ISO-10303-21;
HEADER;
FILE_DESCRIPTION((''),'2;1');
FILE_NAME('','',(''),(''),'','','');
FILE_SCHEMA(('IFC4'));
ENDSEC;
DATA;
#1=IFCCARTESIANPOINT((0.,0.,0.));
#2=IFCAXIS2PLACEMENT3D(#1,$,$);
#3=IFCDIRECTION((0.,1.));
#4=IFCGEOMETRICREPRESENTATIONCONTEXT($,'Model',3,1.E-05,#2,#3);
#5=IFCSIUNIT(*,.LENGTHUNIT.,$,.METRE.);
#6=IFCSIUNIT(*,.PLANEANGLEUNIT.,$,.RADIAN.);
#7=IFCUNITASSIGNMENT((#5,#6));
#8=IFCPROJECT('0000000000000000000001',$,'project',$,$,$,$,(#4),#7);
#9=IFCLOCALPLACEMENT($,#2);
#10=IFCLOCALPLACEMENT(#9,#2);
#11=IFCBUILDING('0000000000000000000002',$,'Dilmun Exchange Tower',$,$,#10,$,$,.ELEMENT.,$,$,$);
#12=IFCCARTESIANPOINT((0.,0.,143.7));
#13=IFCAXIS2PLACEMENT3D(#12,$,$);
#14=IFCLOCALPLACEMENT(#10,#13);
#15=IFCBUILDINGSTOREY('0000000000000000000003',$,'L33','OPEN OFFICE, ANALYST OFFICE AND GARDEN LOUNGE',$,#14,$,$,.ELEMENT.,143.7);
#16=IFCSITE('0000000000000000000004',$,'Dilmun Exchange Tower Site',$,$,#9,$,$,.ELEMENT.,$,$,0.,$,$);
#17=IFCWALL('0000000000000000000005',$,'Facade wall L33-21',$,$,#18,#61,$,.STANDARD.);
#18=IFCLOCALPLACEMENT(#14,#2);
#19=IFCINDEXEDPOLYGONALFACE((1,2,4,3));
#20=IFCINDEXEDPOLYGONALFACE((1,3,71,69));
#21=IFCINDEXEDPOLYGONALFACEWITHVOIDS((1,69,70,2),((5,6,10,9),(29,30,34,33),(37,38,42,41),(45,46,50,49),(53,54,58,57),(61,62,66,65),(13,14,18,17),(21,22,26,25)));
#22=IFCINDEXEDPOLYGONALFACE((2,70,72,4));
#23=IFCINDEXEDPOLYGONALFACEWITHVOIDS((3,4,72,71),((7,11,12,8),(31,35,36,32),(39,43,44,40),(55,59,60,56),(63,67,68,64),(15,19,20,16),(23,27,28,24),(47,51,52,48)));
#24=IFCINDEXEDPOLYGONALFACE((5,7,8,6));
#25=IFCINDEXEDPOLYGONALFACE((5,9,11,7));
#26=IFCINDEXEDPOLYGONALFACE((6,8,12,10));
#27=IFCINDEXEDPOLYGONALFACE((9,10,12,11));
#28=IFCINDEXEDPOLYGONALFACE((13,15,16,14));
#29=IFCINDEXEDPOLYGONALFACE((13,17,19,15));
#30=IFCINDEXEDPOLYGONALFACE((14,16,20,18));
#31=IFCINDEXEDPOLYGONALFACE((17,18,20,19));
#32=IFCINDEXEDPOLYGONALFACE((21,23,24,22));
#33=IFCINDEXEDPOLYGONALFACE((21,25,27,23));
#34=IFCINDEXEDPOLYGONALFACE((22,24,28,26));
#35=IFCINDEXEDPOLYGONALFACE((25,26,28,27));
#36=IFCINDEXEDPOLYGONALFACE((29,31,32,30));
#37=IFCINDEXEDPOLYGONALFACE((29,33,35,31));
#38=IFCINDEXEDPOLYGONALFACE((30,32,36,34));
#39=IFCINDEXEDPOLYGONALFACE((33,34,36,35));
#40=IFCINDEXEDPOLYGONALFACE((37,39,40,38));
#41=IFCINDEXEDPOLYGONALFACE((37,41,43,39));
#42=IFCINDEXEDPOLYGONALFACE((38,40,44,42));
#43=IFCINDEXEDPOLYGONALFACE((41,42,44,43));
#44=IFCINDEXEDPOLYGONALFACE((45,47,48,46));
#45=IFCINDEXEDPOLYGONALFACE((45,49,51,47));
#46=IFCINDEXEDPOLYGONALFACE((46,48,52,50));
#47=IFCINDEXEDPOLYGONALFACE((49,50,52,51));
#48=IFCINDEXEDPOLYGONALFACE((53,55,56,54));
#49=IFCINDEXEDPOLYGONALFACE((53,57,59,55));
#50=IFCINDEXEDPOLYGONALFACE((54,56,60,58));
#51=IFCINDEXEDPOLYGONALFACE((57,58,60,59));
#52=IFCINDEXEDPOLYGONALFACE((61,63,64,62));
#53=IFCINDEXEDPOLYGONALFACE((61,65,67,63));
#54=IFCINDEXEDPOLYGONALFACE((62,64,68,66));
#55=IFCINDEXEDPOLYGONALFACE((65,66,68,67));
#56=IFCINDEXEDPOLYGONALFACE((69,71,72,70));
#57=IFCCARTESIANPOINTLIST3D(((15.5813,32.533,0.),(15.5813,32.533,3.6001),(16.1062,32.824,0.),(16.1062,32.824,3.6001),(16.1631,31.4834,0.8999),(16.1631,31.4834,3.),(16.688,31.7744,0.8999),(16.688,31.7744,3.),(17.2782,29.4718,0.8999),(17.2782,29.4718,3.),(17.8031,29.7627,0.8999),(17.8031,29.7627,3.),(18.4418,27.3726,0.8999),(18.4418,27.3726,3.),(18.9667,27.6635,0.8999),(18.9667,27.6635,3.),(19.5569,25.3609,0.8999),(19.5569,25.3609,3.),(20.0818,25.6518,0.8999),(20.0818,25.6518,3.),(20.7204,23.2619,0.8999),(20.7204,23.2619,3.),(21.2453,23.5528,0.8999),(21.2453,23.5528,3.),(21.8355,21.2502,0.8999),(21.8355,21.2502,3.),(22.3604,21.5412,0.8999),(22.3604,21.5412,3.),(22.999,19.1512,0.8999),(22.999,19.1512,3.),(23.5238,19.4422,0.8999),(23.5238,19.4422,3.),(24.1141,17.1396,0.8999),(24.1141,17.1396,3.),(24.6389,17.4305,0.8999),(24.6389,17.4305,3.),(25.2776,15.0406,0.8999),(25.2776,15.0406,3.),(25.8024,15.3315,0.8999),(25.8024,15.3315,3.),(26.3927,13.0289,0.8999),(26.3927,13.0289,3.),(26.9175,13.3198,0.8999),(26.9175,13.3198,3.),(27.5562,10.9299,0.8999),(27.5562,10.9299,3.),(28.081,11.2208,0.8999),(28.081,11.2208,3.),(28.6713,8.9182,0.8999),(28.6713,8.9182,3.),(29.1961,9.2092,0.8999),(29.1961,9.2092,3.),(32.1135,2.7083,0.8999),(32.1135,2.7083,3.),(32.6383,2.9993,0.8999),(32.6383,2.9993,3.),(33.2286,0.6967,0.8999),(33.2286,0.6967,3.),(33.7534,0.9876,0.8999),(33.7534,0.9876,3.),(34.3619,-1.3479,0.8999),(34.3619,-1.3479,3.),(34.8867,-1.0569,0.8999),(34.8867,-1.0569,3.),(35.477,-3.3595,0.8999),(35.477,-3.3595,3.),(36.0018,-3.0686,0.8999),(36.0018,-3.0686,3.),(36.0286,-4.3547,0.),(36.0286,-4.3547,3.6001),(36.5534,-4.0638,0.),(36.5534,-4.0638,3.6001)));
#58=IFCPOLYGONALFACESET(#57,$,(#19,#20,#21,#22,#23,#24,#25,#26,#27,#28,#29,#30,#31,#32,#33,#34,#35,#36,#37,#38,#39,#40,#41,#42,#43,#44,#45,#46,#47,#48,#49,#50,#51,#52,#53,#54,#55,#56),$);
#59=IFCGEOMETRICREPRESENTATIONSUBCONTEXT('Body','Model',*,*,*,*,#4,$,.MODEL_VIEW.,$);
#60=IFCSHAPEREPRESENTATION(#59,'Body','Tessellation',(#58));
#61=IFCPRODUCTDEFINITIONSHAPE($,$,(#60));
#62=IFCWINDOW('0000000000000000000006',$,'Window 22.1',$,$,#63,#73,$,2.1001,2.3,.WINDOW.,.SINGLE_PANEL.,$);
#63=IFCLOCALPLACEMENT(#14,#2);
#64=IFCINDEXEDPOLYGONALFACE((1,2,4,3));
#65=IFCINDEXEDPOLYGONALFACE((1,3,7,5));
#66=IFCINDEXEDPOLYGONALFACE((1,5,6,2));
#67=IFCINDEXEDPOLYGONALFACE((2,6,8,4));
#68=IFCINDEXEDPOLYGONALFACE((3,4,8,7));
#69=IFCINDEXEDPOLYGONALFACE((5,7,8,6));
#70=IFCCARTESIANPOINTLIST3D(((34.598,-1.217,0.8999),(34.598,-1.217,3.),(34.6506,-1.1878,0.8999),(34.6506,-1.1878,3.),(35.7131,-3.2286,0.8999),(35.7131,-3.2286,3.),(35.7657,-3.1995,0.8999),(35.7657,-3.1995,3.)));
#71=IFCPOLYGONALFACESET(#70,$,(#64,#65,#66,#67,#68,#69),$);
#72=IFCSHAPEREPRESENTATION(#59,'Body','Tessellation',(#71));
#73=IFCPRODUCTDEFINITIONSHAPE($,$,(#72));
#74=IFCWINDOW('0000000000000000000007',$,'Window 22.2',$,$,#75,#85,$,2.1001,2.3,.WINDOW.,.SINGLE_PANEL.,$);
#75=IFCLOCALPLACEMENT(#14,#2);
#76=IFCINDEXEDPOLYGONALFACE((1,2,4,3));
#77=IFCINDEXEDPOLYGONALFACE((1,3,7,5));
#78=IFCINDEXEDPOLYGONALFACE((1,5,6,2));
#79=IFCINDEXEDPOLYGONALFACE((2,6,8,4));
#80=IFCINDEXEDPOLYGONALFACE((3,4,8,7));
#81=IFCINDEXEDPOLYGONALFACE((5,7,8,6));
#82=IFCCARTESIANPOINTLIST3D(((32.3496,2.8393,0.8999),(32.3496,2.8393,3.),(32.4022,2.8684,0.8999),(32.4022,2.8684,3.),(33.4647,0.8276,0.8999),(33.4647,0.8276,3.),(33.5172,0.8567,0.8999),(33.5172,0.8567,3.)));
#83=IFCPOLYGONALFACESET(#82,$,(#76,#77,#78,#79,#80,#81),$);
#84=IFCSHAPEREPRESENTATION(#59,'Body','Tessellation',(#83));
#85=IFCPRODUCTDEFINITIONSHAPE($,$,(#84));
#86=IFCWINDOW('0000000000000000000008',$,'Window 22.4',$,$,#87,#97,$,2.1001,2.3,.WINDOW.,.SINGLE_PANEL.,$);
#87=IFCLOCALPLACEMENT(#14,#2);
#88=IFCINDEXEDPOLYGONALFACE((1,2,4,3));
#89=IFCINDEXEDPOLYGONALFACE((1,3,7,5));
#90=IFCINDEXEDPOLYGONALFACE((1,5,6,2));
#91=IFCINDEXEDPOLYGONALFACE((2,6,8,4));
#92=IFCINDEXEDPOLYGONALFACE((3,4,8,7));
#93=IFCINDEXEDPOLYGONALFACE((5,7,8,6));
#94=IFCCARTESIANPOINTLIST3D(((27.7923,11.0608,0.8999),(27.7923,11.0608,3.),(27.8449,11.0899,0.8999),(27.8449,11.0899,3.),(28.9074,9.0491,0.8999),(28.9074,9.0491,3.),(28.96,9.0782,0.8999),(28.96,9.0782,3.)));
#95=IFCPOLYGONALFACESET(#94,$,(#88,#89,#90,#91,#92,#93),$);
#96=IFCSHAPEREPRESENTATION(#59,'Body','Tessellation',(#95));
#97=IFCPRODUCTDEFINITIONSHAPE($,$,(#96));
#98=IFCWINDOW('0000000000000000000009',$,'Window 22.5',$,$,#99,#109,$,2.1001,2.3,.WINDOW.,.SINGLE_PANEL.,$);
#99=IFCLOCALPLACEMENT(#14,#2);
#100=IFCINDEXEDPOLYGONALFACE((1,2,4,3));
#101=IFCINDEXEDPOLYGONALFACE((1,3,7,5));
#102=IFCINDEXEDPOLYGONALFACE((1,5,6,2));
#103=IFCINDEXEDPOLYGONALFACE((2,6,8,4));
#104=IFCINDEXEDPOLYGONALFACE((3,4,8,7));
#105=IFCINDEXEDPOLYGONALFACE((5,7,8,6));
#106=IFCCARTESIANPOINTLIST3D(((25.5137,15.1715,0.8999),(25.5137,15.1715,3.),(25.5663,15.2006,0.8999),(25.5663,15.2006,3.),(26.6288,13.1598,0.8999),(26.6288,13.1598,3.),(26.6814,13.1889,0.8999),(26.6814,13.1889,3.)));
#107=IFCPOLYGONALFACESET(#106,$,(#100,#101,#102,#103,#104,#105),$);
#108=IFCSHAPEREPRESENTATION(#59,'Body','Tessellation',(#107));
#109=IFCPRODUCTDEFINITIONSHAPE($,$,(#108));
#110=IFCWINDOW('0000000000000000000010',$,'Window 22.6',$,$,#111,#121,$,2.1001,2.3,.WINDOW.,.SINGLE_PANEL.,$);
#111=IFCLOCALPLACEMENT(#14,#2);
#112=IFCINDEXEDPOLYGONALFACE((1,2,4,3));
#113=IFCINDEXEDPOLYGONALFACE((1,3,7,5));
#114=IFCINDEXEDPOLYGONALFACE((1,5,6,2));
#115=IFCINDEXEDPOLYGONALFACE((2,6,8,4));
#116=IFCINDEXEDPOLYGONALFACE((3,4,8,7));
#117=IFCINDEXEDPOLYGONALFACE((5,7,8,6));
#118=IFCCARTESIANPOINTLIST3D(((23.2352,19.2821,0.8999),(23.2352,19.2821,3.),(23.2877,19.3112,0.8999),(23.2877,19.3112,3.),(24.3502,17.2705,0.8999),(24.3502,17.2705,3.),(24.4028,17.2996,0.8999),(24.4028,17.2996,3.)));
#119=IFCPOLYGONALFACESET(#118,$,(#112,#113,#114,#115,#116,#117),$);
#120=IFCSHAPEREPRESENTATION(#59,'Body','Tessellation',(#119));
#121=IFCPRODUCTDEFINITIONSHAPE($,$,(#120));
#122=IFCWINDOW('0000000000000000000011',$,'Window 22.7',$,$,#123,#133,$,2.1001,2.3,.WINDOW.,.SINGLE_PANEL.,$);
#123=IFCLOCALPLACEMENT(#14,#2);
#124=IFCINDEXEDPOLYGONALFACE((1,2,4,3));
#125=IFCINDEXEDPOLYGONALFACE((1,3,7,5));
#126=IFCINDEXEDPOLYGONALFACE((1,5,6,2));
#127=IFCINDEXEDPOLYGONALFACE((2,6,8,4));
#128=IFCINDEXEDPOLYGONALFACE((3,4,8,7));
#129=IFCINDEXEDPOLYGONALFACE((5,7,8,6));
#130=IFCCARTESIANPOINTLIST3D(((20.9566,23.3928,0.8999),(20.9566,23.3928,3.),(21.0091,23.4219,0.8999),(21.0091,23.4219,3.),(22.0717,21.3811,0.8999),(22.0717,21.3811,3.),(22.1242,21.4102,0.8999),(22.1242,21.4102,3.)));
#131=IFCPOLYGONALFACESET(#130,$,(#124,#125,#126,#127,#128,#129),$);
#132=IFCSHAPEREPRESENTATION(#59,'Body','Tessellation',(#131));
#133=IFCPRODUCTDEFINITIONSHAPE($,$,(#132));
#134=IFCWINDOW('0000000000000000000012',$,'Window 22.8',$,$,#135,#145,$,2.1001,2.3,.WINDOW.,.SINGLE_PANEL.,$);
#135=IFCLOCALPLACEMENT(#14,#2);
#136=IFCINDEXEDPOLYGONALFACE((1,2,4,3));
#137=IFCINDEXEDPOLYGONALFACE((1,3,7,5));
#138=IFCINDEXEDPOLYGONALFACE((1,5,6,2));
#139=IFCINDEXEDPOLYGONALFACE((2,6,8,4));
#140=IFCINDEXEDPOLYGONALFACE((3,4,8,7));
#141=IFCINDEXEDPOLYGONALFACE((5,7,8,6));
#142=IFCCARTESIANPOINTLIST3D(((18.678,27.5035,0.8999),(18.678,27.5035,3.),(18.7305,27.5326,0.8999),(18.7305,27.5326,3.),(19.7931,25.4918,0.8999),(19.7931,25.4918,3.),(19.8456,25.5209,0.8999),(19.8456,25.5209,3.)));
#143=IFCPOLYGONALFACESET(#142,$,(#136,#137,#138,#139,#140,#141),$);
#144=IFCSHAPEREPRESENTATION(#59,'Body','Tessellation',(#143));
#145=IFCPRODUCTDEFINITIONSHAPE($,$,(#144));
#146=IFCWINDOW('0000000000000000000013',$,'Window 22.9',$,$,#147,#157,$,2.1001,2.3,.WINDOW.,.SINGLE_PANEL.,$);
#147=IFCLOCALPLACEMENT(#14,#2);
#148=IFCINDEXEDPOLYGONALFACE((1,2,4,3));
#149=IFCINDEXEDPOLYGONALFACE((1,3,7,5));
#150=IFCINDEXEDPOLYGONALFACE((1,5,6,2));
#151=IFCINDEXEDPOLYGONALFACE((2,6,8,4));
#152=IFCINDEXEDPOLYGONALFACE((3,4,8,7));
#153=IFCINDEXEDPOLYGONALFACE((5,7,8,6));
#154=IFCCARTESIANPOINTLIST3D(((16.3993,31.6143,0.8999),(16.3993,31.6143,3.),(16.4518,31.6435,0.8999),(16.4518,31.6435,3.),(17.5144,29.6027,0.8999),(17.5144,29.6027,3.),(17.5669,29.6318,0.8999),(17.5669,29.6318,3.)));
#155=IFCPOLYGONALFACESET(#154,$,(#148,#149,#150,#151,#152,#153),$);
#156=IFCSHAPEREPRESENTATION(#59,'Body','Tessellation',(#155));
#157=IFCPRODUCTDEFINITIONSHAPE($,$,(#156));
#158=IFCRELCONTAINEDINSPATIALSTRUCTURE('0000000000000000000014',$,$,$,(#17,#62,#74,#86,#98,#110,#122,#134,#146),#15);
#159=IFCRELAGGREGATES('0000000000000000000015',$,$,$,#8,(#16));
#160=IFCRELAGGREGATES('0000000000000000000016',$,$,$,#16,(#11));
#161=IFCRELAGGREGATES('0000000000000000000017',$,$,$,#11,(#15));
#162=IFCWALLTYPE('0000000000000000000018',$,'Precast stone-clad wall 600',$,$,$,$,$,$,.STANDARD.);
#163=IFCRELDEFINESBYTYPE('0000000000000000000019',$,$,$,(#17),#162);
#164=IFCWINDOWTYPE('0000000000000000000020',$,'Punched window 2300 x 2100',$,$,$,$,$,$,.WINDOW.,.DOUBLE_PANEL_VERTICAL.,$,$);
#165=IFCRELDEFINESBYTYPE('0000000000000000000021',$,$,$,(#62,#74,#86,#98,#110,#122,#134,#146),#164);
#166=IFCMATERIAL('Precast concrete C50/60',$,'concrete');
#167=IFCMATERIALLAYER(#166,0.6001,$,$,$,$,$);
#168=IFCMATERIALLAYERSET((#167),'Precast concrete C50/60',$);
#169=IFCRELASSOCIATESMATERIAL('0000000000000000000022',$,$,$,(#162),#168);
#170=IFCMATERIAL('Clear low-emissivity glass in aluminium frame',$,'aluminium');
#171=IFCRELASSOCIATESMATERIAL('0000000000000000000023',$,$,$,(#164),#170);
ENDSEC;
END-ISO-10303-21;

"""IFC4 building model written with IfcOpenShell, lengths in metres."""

from ifc_helpers import new_model, si_unit, direction, frame, frame_2d, origin, place, context, subcontext, project, spatial, rectangle, extrude, material, layer, layer_set, type_object, element, fill, save


model = new_model("IFC4")

# Units and contexts
model_context = context("Model", 3, precision=1e-05, world=origin(), true_north=direction((0.0, 1.0)))
body_context = subcontext(model_context, "Body", "Model", "MODEL_VIEW")
ifc_project = project(units=[si_unit("LENGTHUNIT", "METRE"), si_unit("PLANEANGLEUNIT", "RADIAN")], contexts=[model_context])

# Site, building, storey
site_placement = place(None, origin())
site = spatial("IfcSite", under=ifc_project, at=site_placement, Name="Dilmun Exchange Tower Site", CompositionType="ELEMENT", RefElevation=0.0)
building_placement = place(site_placement, origin())
building = spatial("IfcBuilding", under=site, at=building_placement, Name="Dilmun Exchange Tower", CompositionType="ELEMENT")
storey_placement = place(building_placement, frame((0.0, 0.0, 143.7)))
storey = spatial("IfcBuildingStorey", under=building, at=storey_placement, Name="L33", Description="OPEN OFFICE, ANALYST OFFICE AND GARDEN LOUNGE", CompositionType="ELEMENT", Elevation=143.7)

# Shared definitions
ifc_material_1 = material(Name="Precast concrete C50/60", Category="concrete")
ifc_layer_1 = layer(ifc_material_1, 0.6001)
ifc_layer_set_1 = layer_set([ifc_layer_1], Name="Precast concrete C50/60")
wall_type_1 = type_object("IfcWallType", Name="Precast stone-clad wall 600", PredefinedType="STANDARD", material=ifc_layer_set_1)

# Shared definitions
ifc_material_2 = material(Name="Clear low-emissivity glass in aluminium frame", Category="aluminium")

# Wall, openings, windows
wall_1_placement = place(storey_placement, frame((36.291, -4.2092, 0.0), z_axis=(0.0, 0.0, 1.0), x_axis=(-0.484811, 0.874619, 0.0)))
wall_1 = element("IfcWall", 1, at=wall_1_placement, inside=storey, type_object=wall_type_1, Name="Facade wall L33-21", PredefinedType="STANDARD", context=body_context, shape_type="SweptSolid", body=[
    extrude(rectangle(XDim=42.1758, YDim=0.6001, at=frame_2d((21.0879, 0.0))), origin(), (0.0, 0.0, 1.0), 3.6001),
])
opening_1_placement = place(wall_1_placement, frame((1.1379, 0.0, 0.8999)))
opening_1 = element("IfcOpeningElement", 2, at=opening_1_placement, cuts=wall_1, PredefinedType="OPENING", context=body_context, shape_type="SweptSolid", body=[
    extrude(rectangle(XDim=2.3, YDim=2.1001, at=frame_2d((1.1499, 1.05))), frame((0.0, 0.3101, 0.0), z_axis=(0.0, -1.0, 0.0), x_axis=(1.0, 0.0, 0.0)), (0.0, 0.0, 1.0), 0.6201),
])
opening_2_placement = place(wall_1_placement, frame((5.7756, 0.0, 0.8999)))
opening_2 = element("IfcOpeningElement", 3, at=opening_2_placement, cuts=wall_1, PredefinedType="OPENING", context=body_context, shape_type="SweptSolid", body=[
    extrude(rectangle(XDim=2.3, YDim=2.1001, at=frame_2d((1.1499, 1.05))), frame((0.0, 0.3101, 0.0), z_axis=(0.0, -1.0, 0.0), x_axis=(1.0, 0.0, 0.0)), (0.0, 0.0, 1.0), 0.6201),
])
opening_3_placement = place(wall_1_placement, frame((15.1758, 0.0, 0.8999)))
opening_3 = element("IfcOpeningElement", 4, at=opening_3_placement, cuts=wall_1, PredefinedType="OPENING", context=body_context, shape_type="SweptSolid", body=[
    extrude(rectangle(XDim=2.3, YDim=2.1001, at=frame_2d((1.1499, 1.05))), frame((0.0, 0.3101, 0.0), z_axis=(0.0, -1.0, 0.0), x_axis=(1.0, 0.0, 0.0)), (0.0, 0.0, 1.0), 0.6201),
])
opening_4_placement = place(wall_1_placement, frame((19.8757, 0.0, 0.8999)))
opening_4 = element("IfcOpeningElement", 5, at=opening_4_placement, cuts=wall_1, PredefinedType="OPENING", context=body_context, shape_type="SweptSolid", body=[
    extrude(rectangle(XDim=2.3, YDim=2.1001, at=frame_2d((1.1499, 1.05))), frame((0.0, 0.3101, 0.0), z_axis=(0.0, -1.0, 0.0), x_axis=(1.0, 0.0, 0.0)), (0.0, 0.0, 1.0), 0.6201),
])
opening_5_placement = place(wall_1_placement, frame((24.5757, 0.0, 0.8999)))
opening_5 = element("IfcOpeningElement", 6, at=opening_5_placement, cuts=wall_1, PredefinedType="OPENING", context=body_context, shape_type="SweptSolid", body=[
    extrude(rectangle(XDim=2.3, YDim=2.1001, at=frame_2d((1.1499, 1.05))), frame((0.0, 0.3101, 0.0), z_axis=(0.0, -1.0, 0.0), x_axis=(1.0, 0.0, 0.0)), (0.0, 0.0, 1.0), 0.6201),
])
opening_6_placement = place(wall_1_placement, frame((29.2756, 0.0, 0.8999)))
opening_6 = element("IfcOpeningElement", 7, at=opening_6_placement, cuts=wall_1, PredefinedType="OPENING", context=body_context, shape_type="SweptSolid", body=[
    extrude(rectangle(XDim=2.3, YDim=2.1001, at=frame_2d((1.1499, 1.05))), frame((0.0, 0.3101, 0.0), z_axis=(0.0, -1.0, 0.0), x_axis=(1.0, 0.0, 0.0)), (0.0, 0.0, 1.0), 0.6201),
])
opening_7_placement = place(wall_1_placement, frame((33.9756, 0.0, 0.8999)))
opening_7 = element("IfcOpeningElement", 8, at=opening_7_placement, cuts=wall_1, PredefinedType="OPENING", context=body_context, shape_type="SweptSolid", body=[
    extrude(rectangle(XDim=2.3, YDim=2.1001, at=frame_2d((1.1499, 1.05))), frame((0.0, 0.3101, 0.0), z_axis=(0.0, -1.0, 0.0), x_axis=(1.0, 0.0, 0.0)), (0.0, 0.0, 1.0), 0.6201),
])
opening_8_placement = place(wall_1_placement, frame((38.6758, 0.0, 0.8999)))
opening_8 = element("IfcOpeningElement", 9, at=opening_8_placement, cuts=wall_1, PredefinedType="OPENING", context=body_context, shape_type="SweptSolid", body=[
    extrude(rectangle(XDim=2.3, YDim=2.1001, at=frame_2d((1.1499, 1.05))), frame((0.0, 0.3101, 0.0), z_axis=(0.0, -1.0, 0.0), x_axis=(1.0, 0.0, 0.0)), (0.0, 0.0, 1.0), 0.6201),
])
window_type_1 = type_object("IfcWindowType", Name="Punched window 2300 x 2100", PartitioningType="DOUBLE_PANEL_VERTICAL", PredefinedType="WINDOW", material=ifc_material_2)
window_1_placement = place(opening_1_placement, origin())
window_1 = element("IfcWindow", 10, at=window_1_placement, inside=storey, type_object=window_type_1, Name="Window 22.1", OverallHeight=2.1001, OverallWidth=2.3, PartitioningType="SINGLE_PANEL", PredefinedType="WINDOW", context=body_context, shape_type="SweptSolid", body=[
    extrude(rectangle(XDim=2.3, YDim=2.1001, at=frame_2d((1.1499, 1.05))), frame((0.0, 0.03, 0.0), z_axis=(0.0, -1.0, 0.0), x_axis=(1.0, 0.0, 0.0)), (0.0, 0.0, 1.0), 0.0601),
])
fill(opening_1, window_1)
window_2_placement = place(opening_2_placement, origin())
window_2 = element("IfcWindow", 11, at=window_2_placement, inside=storey, type_object=window_type_1, Name="Window 22.2", OverallHeight=2.1001, OverallWidth=2.3, PartitioningType="SINGLE_PANEL", PredefinedType="WINDOW", context=body_context, shape_type="SweptSolid", body=[
    extrude(rectangle(XDim=2.3, YDim=2.1001, at=frame_2d((1.1499, 1.05))), frame((0.0, 0.03, 0.0), z_axis=(0.0, -1.0, 0.0), x_axis=(1.0, 0.0, 0.0)), (0.0, 0.0, 1.0), 0.0601),
])
fill(opening_2, window_2)
window_3_placement = place(opening_3_placement, origin())
window_3 = element("IfcWindow", 12, at=window_3_placement, inside=storey, type_object=window_type_1, Name="Window 22.4", OverallHeight=2.1001, OverallWidth=2.3, PartitioningType="SINGLE_PANEL", PredefinedType="WINDOW", context=body_context, shape_type="SweptSolid", body=[
    extrude(rectangle(XDim=2.3, YDim=2.1001, at=frame_2d((1.1499, 1.05))), frame((0.0, 0.03, 0.0), z_axis=(0.0, -1.0, 0.0), x_axis=(1.0, 0.0, 0.0)), (0.0, 0.0, 1.0), 0.0601),
])
fill(opening_3, window_3)
window_4_placement = place(opening_4_placement, origin())
window_4 = element("IfcWindow", 13, at=window_4_placement, inside=storey, type_object=window_type_1, Name="Window 22.5", OverallHeight=2.1001, OverallWidth=2.3, PartitioningType="SINGLE_PANEL", PredefinedType="WINDOW", context=body_context, shape_type="SweptSolid", body=[
    extrude(rectangle(XDim=2.3, YDim=2.1001, at=frame_2d((1.1499, 1.05))), frame((0.0, 0.03, 0.0), z_axis=(0.0, -1.0, 0.0), x_axis=(1.0, 0.0, 0.0)), (0.0, 0.0, 1.0), 0.0601),
])
fill(opening_4, window_4)
window_5_placement = place(opening_5_placement, origin())
window_5 = element("IfcWindow", 14, at=window_5_placement, inside=storey, type_object=window_type_1, Name="Window 22.6", OverallHeight=2.1001, OverallWidth=2.3, PartitioningType="SINGLE_PANEL", PredefinedType="WINDOW", context=body_context, shape_type="SweptSolid", body=[
    extrude(rectangle(XDim=2.3, YDim=2.1001, at=frame_2d((1.1499, 1.05))), frame((0.0, 0.03, 0.0), z_axis=(0.0, -1.0, 0.0), x_axis=(1.0, 0.0, 0.0)), (0.0, 0.0, 1.0), 0.0601),
])
fill(opening_5, window_5)
window_6_placement = place(opening_6_placement, origin())
window_6 = element("IfcWindow", 15, at=window_6_placement, inside=storey, type_object=window_type_1, Name="Window 22.7", OverallHeight=2.1001, OverallWidth=2.3, PartitioningType="SINGLE_PANEL", PredefinedType="WINDOW", context=body_context, shape_type="SweptSolid", body=[
    extrude(rectangle(XDim=2.3, YDim=2.1001, at=frame_2d((1.1499, 1.05))), frame((0.0, 0.03, 0.0), z_axis=(0.0, -1.0, 0.0), x_axis=(1.0, 0.0, 0.0)), (0.0, 0.0, 1.0), 0.0601),
])
fill(opening_6, window_6)
window_7_placement = place(opening_7_placement, origin())
window_7 = element("IfcWindow", 16, at=window_7_placement, inside=storey, type_object=window_type_1, Name="Window 22.8", OverallHeight=2.1001, OverallWidth=2.3, PartitioningType="SINGLE_PANEL", PredefinedType="WINDOW", context=body_context, shape_type="SweptSolid", body=[
    extrude(rectangle(XDim=2.3, YDim=2.1001, at=frame_2d((1.1499, 1.05))), frame((0.0, 0.03, 0.0), z_axis=(0.0, -1.0, 0.0), x_axis=(1.0, 0.0, 0.0)), (0.0, 0.0, 1.0), 0.0601),
])
fill(opening_7, window_7)
window_8_placement = place(opening_8_placement, origin())
window_8 = element("IfcWindow", 17, at=window_8_placement, inside=storey, type_object=window_type_1, Name="Window 22.9", OverallHeight=2.1001, OverallWidth=2.3, PartitioningType="SINGLE_PANEL", PredefinedType="WINDOW", context=body_context, shape_type="SweptSolid", body=[
    extrude(rectangle(XDim=2.3, YDim=2.1001, at=frame_2d((1.1499, 1.05))), frame((0.0, 0.03, 0.0), z_axis=(0.0, -1.0, 0.0), x_axis=(1.0, 0.0, 0.0)), (0.0, 0.0, 1.0), 0.0601),
])
fill(opening_8, window_8)

save(model, "model.ifc")
